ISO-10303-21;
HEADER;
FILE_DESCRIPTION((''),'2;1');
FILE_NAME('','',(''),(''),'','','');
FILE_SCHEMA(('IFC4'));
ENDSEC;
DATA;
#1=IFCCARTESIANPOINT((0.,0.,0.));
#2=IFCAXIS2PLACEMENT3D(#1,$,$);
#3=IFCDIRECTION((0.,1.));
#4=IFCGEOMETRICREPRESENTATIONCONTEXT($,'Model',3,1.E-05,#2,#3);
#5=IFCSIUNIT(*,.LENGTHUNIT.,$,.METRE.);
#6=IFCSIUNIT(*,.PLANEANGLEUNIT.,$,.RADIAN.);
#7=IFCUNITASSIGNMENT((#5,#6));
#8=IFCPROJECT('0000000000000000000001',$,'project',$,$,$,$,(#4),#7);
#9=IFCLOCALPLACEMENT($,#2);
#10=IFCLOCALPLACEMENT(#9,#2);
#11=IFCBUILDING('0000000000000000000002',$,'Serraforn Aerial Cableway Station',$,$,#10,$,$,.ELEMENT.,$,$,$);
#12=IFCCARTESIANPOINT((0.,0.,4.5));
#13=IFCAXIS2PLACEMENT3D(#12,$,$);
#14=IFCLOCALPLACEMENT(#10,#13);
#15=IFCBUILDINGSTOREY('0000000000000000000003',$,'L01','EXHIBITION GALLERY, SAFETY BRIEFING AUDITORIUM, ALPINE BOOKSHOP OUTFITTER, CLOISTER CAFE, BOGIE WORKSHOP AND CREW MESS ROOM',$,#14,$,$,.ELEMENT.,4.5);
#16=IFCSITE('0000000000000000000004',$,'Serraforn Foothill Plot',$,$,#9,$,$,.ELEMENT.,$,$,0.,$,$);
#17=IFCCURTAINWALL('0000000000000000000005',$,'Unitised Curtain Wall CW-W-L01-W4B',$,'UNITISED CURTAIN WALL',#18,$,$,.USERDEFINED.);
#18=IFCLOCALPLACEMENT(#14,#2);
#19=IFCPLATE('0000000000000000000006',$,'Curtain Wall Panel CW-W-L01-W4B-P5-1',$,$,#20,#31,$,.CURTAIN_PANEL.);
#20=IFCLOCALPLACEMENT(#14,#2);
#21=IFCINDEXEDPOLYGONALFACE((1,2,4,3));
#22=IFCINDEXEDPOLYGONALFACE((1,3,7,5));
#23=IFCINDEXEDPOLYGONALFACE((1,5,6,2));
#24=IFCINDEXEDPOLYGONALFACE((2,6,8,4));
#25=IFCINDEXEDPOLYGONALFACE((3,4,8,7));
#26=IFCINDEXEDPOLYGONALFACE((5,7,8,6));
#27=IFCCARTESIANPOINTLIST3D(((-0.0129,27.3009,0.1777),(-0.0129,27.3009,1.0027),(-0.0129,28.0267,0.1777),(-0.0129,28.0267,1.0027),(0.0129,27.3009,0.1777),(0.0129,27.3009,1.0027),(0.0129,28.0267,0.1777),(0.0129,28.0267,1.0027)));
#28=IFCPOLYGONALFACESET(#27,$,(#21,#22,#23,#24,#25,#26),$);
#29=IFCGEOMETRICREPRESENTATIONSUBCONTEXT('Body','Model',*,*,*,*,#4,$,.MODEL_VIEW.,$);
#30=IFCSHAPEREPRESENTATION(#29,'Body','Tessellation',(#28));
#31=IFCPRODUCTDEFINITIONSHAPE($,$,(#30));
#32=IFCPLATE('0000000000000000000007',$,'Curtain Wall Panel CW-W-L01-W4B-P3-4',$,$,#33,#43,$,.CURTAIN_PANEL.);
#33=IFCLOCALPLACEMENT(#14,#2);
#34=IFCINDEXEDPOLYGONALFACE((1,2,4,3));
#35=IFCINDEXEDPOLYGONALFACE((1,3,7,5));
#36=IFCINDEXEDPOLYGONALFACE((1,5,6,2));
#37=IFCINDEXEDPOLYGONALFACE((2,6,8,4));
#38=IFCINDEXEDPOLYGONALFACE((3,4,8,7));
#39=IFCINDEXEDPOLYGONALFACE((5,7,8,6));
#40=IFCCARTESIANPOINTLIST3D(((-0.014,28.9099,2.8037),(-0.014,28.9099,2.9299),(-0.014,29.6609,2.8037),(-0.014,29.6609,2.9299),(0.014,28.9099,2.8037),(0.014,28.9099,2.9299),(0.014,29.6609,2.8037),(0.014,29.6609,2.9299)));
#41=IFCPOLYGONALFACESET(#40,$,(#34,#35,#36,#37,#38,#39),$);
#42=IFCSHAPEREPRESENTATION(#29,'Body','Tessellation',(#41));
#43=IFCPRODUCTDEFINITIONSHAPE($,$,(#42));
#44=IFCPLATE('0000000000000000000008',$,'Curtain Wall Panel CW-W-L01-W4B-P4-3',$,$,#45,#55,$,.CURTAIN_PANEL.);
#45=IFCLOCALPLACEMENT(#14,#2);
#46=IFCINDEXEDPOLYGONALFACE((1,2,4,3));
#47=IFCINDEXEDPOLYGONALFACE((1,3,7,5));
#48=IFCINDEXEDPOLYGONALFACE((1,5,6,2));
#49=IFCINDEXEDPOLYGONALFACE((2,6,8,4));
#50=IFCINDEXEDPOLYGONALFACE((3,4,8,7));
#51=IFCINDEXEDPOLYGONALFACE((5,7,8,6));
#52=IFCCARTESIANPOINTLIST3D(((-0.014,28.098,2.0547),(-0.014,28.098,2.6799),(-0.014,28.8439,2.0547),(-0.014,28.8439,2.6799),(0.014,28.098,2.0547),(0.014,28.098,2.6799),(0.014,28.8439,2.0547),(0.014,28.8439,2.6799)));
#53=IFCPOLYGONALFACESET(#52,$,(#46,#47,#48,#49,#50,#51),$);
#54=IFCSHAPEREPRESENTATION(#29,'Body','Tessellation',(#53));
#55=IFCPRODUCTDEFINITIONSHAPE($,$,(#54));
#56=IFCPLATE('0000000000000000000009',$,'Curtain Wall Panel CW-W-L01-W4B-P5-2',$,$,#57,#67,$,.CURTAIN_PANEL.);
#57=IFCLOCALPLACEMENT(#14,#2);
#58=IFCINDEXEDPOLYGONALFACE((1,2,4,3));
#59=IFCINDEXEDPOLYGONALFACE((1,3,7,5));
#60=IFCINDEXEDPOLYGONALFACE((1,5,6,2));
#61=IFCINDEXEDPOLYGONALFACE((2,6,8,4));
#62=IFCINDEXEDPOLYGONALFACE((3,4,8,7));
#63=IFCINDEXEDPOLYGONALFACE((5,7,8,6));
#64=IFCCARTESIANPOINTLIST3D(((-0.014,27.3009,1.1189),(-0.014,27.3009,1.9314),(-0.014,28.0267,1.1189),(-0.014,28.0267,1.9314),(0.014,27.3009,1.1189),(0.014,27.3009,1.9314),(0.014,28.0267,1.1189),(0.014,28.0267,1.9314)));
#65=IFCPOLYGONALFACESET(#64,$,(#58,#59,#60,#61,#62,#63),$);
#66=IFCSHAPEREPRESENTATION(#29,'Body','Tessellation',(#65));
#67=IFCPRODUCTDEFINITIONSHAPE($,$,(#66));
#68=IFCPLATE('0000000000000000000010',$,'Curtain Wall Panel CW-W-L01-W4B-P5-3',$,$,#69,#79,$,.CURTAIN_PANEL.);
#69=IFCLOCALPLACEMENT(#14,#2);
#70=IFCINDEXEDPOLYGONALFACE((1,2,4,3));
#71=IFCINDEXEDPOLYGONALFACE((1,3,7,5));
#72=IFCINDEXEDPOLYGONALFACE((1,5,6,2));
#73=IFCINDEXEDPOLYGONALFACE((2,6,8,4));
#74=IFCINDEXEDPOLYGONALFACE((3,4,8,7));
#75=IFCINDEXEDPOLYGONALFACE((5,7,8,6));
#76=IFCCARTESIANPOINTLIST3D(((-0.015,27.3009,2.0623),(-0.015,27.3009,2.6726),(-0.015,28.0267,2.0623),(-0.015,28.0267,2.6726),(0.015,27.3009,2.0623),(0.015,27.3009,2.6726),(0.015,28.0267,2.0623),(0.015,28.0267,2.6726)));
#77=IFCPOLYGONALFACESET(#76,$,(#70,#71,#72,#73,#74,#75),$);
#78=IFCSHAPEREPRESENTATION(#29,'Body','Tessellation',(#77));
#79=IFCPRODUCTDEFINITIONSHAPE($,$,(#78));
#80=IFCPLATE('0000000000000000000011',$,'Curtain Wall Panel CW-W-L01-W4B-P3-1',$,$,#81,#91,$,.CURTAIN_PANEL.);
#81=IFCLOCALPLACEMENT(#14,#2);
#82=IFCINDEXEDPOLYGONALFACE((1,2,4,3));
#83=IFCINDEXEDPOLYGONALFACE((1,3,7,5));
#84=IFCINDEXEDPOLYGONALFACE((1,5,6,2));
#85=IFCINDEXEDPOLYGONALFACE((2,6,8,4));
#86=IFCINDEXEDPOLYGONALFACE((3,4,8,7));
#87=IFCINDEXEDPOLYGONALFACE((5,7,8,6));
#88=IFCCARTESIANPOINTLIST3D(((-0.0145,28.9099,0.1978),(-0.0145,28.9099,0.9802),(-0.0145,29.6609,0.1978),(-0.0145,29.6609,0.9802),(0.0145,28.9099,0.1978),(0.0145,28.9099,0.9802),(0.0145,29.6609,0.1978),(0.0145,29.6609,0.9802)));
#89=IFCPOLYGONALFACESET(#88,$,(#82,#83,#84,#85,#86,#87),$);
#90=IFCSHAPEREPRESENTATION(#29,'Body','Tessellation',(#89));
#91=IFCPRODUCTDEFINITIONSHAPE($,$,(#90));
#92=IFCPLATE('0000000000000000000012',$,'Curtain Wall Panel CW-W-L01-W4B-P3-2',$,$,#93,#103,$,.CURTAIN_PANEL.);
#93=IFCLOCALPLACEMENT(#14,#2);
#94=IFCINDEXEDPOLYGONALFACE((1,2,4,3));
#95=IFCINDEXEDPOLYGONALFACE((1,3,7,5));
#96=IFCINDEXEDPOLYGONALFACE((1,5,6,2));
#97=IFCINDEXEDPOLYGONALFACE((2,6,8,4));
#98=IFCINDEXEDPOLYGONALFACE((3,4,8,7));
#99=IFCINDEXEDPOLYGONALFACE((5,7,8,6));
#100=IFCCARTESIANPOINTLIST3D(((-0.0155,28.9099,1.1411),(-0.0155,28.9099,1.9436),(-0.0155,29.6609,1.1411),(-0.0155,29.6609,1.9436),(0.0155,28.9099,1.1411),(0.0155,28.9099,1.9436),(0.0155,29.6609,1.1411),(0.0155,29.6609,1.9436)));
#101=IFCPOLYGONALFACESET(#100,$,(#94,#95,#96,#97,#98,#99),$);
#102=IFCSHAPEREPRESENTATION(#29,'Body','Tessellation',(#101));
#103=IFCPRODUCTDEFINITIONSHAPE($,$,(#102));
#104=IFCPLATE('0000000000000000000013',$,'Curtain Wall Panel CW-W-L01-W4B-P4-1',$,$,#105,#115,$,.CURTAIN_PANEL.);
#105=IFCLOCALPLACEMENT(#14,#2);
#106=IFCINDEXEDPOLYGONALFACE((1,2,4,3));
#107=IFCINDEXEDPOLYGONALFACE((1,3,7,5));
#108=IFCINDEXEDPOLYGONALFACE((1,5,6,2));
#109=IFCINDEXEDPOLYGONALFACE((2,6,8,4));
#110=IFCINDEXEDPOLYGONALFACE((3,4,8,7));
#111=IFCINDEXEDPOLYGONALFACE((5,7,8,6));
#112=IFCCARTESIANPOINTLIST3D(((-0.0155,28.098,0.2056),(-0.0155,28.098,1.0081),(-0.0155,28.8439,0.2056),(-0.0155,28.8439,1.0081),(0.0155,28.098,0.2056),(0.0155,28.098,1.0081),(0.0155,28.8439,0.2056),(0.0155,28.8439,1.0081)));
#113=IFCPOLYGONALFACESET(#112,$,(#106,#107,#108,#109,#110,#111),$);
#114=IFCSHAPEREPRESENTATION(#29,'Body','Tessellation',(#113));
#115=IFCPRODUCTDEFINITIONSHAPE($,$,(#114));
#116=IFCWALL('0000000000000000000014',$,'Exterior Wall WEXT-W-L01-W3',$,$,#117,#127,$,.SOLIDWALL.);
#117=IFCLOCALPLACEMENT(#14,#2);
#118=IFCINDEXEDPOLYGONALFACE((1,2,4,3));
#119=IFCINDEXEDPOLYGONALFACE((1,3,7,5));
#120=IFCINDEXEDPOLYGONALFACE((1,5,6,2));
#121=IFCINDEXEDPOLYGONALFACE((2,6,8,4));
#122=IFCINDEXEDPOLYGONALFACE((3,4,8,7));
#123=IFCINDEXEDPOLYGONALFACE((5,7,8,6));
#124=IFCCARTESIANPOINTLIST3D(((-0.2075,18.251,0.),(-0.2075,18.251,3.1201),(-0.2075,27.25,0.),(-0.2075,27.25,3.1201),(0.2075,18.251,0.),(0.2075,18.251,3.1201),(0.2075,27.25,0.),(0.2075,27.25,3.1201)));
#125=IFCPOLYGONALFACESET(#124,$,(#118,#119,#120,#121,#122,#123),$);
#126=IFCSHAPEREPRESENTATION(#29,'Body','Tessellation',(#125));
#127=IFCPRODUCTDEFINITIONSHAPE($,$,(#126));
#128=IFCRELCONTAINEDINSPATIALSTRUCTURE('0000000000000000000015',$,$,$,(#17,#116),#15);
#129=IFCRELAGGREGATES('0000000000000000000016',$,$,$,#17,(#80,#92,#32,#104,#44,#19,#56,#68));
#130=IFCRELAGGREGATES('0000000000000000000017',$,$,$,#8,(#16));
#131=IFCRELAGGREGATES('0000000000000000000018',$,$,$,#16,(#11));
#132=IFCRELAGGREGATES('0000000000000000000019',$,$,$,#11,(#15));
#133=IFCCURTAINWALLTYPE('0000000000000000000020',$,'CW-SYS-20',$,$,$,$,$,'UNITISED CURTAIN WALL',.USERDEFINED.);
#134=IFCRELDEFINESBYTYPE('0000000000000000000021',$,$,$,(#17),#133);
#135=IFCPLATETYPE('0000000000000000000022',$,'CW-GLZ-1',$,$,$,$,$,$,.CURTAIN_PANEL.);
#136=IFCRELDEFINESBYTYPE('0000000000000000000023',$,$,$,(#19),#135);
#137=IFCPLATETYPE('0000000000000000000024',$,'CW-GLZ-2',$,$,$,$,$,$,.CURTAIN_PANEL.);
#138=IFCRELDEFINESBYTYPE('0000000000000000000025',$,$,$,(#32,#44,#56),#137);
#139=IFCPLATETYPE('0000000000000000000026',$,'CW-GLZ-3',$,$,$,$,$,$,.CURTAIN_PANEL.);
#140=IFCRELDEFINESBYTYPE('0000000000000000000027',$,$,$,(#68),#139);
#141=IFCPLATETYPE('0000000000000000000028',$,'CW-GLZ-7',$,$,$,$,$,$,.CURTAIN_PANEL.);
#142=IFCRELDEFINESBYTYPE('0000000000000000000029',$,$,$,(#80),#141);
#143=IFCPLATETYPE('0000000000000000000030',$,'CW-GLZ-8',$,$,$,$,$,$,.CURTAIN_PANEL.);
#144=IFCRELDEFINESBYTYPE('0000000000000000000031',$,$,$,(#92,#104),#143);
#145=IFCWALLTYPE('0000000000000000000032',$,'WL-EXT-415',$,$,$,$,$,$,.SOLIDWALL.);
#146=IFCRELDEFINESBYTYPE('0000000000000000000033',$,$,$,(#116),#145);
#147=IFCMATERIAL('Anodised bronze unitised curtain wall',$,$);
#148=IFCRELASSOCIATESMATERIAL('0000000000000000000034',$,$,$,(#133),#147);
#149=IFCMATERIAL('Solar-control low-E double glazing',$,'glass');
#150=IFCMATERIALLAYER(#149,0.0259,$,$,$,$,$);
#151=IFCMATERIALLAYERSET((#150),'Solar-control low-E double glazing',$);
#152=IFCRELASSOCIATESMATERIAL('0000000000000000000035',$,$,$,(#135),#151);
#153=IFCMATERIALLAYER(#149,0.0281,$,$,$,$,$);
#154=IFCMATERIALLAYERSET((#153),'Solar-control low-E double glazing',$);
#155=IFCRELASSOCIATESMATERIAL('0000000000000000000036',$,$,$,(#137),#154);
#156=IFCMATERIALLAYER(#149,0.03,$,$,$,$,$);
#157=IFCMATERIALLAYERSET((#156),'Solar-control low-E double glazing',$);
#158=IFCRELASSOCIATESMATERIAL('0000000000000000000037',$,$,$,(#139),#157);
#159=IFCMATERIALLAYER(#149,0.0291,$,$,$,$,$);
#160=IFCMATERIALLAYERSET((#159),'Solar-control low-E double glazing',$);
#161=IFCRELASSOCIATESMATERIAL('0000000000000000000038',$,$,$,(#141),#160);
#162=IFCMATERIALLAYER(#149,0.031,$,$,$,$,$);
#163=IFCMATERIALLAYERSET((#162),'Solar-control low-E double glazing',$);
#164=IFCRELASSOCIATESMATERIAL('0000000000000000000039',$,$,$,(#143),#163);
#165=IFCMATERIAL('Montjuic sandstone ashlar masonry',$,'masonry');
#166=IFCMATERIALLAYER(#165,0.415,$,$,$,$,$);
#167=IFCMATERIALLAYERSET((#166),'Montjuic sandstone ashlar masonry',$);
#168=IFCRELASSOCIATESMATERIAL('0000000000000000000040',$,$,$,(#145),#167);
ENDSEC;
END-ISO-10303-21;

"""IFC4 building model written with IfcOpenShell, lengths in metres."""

from ifc_helpers import new_model, si_unit, direction, frame, frame_2d, origin, origin_2d, place, context, subcontext, project, spatial, rectangle, extrude, material, layer, layer_set, type_object, element, aggregate, save


model = new_model("IFC4")

# Units and contexts
model_context = context("Model", 3, precision=1e-05, world=origin(), true_north=direction((0.0, 1.0)))
body_context = subcontext(model_context, "Body", "Model", "MODEL_VIEW")
ifc_project = project(units=[si_unit("LENGTHUNIT", "METRE"), si_unit("PLANEANGLEUNIT", "RADIAN")], contexts=[model_context])

# Site, building, storey
site_placement = place(None, origin())
site = spatial("IfcSite", under=ifc_project, at=site_placement, Name="Serraforn Foothill Plot", CompositionType="ELEMENT", RefElevation=0.0)
building_placement = place(site_placement, origin())
building = spatial("IfcBuilding", under=site, at=building_placement, Name="Serraforn Aerial Cableway Station", CompositionType="ELEMENT")
storey_placement = place(building_placement, frame((0.0, 0.0, 4.5)))
storey = spatial("IfcBuildingStorey", under=building, at=storey_placement, Name="L01", Description="EXHIBITION GALLERY, SAFETY BRIEFING AUDITORIUM, ALPINE BOOKSHOP OUTFITTER, CLOISTER CAFE, BOGIE WORKSHOP AND CREW MESS ROOM", CompositionType="ELEMENT", Elevation=4.5)

# Curtain wall, plates
ifc_material_1 = material(Name="Anodised bronze unitised curtain wall")
curtain_wall_type = type_object("IfcCurtainWallType", Name="CW-SYS-20", ElementType="UNITISED CURTAIN WALL", PredefinedType="USERDEFINED", material=ifc_material_1)
curtain_wall_placement = place(storey_placement, origin())
curtain_wall = element("IfcCurtainWall", 1, at=curtain_wall_placement, inside=storey, type_object=curtain_wall_type, Name="Unitised Curtain Wall CW-W-L01-W4B", ObjectType="UNITISED CURTAIN WALL", PredefinedType="USERDEFINED")
ifc_material_2 = material(Name="Solar-control low-E double glazing", Category="glass")
ifc_layer_1 = layer(ifc_material_2, 0.0259)
ifc_layer_set_1 = layer_set([ifc_layer_1], Name="Solar-control low-E double glazing")
plate_type_1 = type_object("IfcPlateType", Name="CW-GLZ-1", PredefinedType="CURTAIN_PANEL", material=ifc_layer_set_1)
plate_1_placement = place(storey_placement, frame((0.0, 27.6638, 0.1777), z_axis=(0.0, 0.0, 1.0), x_axis=(1.0, 0.0, 0.0)))
plate_1 = element("IfcPlate", 2, at=plate_1_placement, type_object=plate_type_1, Name="Curtain Wall Panel CW-W-L01-W4B-P5-1", PredefinedType="CURTAIN_PANEL", context=body_context, shape_type="SweptSolid", body=[
    extrude(rectangle(XDim=0.0259, YDim=0.7258, at=origin_2d()), origin(), (0.0, 0.0, 1.0), 0.825),
])
ifc_layer_2 = layer(ifc_material_2, 0.0281)
ifc_layer_set_2 = layer_set([ifc_layer_2], Name="Solar-control low-E double glazing")
plate_type_2 = type_object("IfcPlateType", Name="CW-GLZ-2", PredefinedType="CURTAIN_PANEL", material=ifc_layer_set_2)
plate_2_placement = place(storey_placement, frame((0.0, 29.2854, 2.8037), z_axis=(0.0, 0.0, 1.0), x_axis=(1.0, 0.0, 0.0)))
plate_2 = element("IfcPlate", 3, at=plate_2_placement, type_object=plate_type_2, Name="Curtain Wall Panel CW-W-L01-W4B-P3-4", PredefinedType="CURTAIN_PANEL", context=body_context, shape_type="SweptSolid", body=[
    extrude(rectangle(XDim=0.0281, YDim=0.751, at=origin_2d()), origin(), (0.0, 0.0, 1.0), 0.1262),
])
plate_3_placement = place(storey_placement, frame((0.0, 28.4709, 2.0547), z_axis=(0.0, 0.0, 1.0), x_axis=(1.0, 0.0, 0.0)))
plate_3 = element("IfcPlate", 4, at=plate_3_placement, type_object=plate_type_2, Name="Curtain Wall Panel CW-W-L01-W4B-P4-3", PredefinedType="CURTAIN_PANEL", context=body_context, shape_type="SweptSolid", body=[
    extrude(rectangle(XDim=0.0281, YDim=0.7458, at=origin_2d()), origin(), (0.0, 0.0, 1.0), 0.6252),
])
plate_4_placement = place(storey_placement, frame((0.0, 27.6638, 1.1189), z_axis=(0.0, 0.0, 1.0), x_axis=(1.0, 0.0, 0.0)))
plate_4 = element("IfcPlate", 5, at=plate_4_placement, type_object=plate_type_2, Name="Curtain Wall Panel CW-W-L01-W4B-P5-2", PredefinedType="CURTAIN_PANEL", context=body_context, shape_type="SweptSolid", body=[
    extrude(rectangle(XDim=0.0281, YDim=0.7258, at=origin_2d()), origin(), (0.0, 0.0, 1.0), 0.8125),
])
ifc_layer_3 = layer(ifc_material_2, 0.03)
ifc_layer_set_3 = layer_set([ifc_layer_3], Name="Solar-control low-E double glazing")
plate_type_3 = type_object("IfcPlateType", Name="CW-GLZ-3", PredefinedType="CURTAIN_PANEL", material=ifc_layer_set_3)
plate_5_placement = place(storey_placement, frame((0.0, 27.6638, 2.0623), z_axis=(0.0, 0.0, 1.0), x_axis=(1.0, 0.0, 0.0)))
plate_5 = element("IfcPlate", 6, at=plate_5_placement, type_object=plate_type_3, Name="Curtain Wall Panel CW-W-L01-W4B-P5-3", PredefinedType="CURTAIN_PANEL", context=body_context, shape_type="SweptSolid", body=[
    extrude(rectangle(XDim=0.03, YDim=0.7258, at=origin_2d()), origin(), (0.0, 0.0, 1.0), 0.6104),
])
ifc_layer_4 = layer(ifc_material_2, 0.0291)
ifc_layer_set_4 = layer_set([ifc_layer_4], Name="Solar-control low-E double glazing")
plate_type_4 = type_object("IfcPlateType", Name="CW-GLZ-7", PredefinedType="CURTAIN_PANEL", material=ifc_layer_set_4)
plate_6_placement = place(storey_placement, frame((0.0, 29.2854, 0.1978), z_axis=(0.0, 0.0, 1.0), x_axis=(1.0, 0.0, 0.0)))
plate_6 = element("IfcPlate", 7, at=plate_6_placement, type_object=plate_type_4, Name="Curtain Wall Panel CW-W-L01-W4B-P3-1", PredefinedType="CURTAIN_PANEL", context=body_context, shape_type="SweptSolid", body=[
    extrude(rectangle(XDim=0.0291, YDim=0.751, at=origin_2d()), origin(), (0.0, 0.0, 1.0), 0.7825),
])
ifc_layer_5 = layer(ifc_material_2, 0.031)
ifc_layer_set_5 = layer_set([ifc_layer_5], Name="Solar-control low-E double glazing")
plate_type_5 = type_object("IfcPlateType", Name="CW-GLZ-8", PredefinedType="CURTAIN_PANEL", material=ifc_layer_set_5)
plate_7_placement = place(storey_placement, frame((0.0, 29.2854, 1.1411), z_axis=(0.0, 0.0, 1.0), x_axis=(1.0, 0.0, 0.0)))
plate_7 = element("IfcPlate", 8, at=plate_7_placement, type_object=plate_type_5, Name="Curtain Wall Panel CW-W-L01-W4B-P3-2", PredefinedType="CURTAIN_PANEL", context=body_context, shape_type="SweptSolid", body=[
    extrude(rectangle(XDim=0.031, YDim=0.751, at=origin_2d()), origin(), (0.0, 0.0, 1.0), 0.8025),
])
plate_8_placement = place(storey_placement, frame((0.0, 28.4709, 0.2056), z_axis=(0.0, 0.0, 1.0), x_axis=(1.0, 0.0, 0.0)))
plate_8 = element("IfcPlate", 9, at=plate_8_placement, type_object=plate_type_5, Name="Curtain Wall Panel CW-W-L01-W4B-P4-1", PredefinedType="CURTAIN_PANEL", context=body_context, shape_type="SweptSolid", body=[
    extrude(rectangle(XDim=0.031, YDim=0.7458, at=origin_2d()), origin(), (0.0, 0.0, 1.0), 0.8025),
])
aggregate(curtain_wall, [plate_6, plate_7, plate_2, plate_8, plate_3, plate_1, plate_4, plate_5])

# Wall
ifc_material_3 = material(Name="Montjuic sandstone ashlar masonry", Category="masonry")
ifc_layer_6 = layer(ifc_material_3, 0.415)
ifc_layer_set_6 = layer_set([ifc_layer_6], Name="Montjuic sandstone ashlar masonry")
wall_type = type_object("IfcWallType", Name="WL-EXT-415", PredefinedType="SOLIDWALL", material=ifc_layer_set_6)
wall_placement = place(storey_placement, frame((0.0, 27.25, 0.0), z_axis=(0.0, 0.0, 1.0), x_axis=(0.0, -1.0, 0.0)))
element("IfcWall", 10, at=wall_placement, inside=storey, type_object=wall_type, Name="Exterior Wall WEXT-W-L01-W3", PredefinedType="SOLIDWALL", context=body_context, shape_type="SweptSolid", body=[
    extrude(rectangle(XDim=8.999, YDim=0.415, at=frame_2d((4.4995, 0.0))), origin(), (0.0, 0.0, 1.0), 3.1201),
])

save(model, "model.ifc")
